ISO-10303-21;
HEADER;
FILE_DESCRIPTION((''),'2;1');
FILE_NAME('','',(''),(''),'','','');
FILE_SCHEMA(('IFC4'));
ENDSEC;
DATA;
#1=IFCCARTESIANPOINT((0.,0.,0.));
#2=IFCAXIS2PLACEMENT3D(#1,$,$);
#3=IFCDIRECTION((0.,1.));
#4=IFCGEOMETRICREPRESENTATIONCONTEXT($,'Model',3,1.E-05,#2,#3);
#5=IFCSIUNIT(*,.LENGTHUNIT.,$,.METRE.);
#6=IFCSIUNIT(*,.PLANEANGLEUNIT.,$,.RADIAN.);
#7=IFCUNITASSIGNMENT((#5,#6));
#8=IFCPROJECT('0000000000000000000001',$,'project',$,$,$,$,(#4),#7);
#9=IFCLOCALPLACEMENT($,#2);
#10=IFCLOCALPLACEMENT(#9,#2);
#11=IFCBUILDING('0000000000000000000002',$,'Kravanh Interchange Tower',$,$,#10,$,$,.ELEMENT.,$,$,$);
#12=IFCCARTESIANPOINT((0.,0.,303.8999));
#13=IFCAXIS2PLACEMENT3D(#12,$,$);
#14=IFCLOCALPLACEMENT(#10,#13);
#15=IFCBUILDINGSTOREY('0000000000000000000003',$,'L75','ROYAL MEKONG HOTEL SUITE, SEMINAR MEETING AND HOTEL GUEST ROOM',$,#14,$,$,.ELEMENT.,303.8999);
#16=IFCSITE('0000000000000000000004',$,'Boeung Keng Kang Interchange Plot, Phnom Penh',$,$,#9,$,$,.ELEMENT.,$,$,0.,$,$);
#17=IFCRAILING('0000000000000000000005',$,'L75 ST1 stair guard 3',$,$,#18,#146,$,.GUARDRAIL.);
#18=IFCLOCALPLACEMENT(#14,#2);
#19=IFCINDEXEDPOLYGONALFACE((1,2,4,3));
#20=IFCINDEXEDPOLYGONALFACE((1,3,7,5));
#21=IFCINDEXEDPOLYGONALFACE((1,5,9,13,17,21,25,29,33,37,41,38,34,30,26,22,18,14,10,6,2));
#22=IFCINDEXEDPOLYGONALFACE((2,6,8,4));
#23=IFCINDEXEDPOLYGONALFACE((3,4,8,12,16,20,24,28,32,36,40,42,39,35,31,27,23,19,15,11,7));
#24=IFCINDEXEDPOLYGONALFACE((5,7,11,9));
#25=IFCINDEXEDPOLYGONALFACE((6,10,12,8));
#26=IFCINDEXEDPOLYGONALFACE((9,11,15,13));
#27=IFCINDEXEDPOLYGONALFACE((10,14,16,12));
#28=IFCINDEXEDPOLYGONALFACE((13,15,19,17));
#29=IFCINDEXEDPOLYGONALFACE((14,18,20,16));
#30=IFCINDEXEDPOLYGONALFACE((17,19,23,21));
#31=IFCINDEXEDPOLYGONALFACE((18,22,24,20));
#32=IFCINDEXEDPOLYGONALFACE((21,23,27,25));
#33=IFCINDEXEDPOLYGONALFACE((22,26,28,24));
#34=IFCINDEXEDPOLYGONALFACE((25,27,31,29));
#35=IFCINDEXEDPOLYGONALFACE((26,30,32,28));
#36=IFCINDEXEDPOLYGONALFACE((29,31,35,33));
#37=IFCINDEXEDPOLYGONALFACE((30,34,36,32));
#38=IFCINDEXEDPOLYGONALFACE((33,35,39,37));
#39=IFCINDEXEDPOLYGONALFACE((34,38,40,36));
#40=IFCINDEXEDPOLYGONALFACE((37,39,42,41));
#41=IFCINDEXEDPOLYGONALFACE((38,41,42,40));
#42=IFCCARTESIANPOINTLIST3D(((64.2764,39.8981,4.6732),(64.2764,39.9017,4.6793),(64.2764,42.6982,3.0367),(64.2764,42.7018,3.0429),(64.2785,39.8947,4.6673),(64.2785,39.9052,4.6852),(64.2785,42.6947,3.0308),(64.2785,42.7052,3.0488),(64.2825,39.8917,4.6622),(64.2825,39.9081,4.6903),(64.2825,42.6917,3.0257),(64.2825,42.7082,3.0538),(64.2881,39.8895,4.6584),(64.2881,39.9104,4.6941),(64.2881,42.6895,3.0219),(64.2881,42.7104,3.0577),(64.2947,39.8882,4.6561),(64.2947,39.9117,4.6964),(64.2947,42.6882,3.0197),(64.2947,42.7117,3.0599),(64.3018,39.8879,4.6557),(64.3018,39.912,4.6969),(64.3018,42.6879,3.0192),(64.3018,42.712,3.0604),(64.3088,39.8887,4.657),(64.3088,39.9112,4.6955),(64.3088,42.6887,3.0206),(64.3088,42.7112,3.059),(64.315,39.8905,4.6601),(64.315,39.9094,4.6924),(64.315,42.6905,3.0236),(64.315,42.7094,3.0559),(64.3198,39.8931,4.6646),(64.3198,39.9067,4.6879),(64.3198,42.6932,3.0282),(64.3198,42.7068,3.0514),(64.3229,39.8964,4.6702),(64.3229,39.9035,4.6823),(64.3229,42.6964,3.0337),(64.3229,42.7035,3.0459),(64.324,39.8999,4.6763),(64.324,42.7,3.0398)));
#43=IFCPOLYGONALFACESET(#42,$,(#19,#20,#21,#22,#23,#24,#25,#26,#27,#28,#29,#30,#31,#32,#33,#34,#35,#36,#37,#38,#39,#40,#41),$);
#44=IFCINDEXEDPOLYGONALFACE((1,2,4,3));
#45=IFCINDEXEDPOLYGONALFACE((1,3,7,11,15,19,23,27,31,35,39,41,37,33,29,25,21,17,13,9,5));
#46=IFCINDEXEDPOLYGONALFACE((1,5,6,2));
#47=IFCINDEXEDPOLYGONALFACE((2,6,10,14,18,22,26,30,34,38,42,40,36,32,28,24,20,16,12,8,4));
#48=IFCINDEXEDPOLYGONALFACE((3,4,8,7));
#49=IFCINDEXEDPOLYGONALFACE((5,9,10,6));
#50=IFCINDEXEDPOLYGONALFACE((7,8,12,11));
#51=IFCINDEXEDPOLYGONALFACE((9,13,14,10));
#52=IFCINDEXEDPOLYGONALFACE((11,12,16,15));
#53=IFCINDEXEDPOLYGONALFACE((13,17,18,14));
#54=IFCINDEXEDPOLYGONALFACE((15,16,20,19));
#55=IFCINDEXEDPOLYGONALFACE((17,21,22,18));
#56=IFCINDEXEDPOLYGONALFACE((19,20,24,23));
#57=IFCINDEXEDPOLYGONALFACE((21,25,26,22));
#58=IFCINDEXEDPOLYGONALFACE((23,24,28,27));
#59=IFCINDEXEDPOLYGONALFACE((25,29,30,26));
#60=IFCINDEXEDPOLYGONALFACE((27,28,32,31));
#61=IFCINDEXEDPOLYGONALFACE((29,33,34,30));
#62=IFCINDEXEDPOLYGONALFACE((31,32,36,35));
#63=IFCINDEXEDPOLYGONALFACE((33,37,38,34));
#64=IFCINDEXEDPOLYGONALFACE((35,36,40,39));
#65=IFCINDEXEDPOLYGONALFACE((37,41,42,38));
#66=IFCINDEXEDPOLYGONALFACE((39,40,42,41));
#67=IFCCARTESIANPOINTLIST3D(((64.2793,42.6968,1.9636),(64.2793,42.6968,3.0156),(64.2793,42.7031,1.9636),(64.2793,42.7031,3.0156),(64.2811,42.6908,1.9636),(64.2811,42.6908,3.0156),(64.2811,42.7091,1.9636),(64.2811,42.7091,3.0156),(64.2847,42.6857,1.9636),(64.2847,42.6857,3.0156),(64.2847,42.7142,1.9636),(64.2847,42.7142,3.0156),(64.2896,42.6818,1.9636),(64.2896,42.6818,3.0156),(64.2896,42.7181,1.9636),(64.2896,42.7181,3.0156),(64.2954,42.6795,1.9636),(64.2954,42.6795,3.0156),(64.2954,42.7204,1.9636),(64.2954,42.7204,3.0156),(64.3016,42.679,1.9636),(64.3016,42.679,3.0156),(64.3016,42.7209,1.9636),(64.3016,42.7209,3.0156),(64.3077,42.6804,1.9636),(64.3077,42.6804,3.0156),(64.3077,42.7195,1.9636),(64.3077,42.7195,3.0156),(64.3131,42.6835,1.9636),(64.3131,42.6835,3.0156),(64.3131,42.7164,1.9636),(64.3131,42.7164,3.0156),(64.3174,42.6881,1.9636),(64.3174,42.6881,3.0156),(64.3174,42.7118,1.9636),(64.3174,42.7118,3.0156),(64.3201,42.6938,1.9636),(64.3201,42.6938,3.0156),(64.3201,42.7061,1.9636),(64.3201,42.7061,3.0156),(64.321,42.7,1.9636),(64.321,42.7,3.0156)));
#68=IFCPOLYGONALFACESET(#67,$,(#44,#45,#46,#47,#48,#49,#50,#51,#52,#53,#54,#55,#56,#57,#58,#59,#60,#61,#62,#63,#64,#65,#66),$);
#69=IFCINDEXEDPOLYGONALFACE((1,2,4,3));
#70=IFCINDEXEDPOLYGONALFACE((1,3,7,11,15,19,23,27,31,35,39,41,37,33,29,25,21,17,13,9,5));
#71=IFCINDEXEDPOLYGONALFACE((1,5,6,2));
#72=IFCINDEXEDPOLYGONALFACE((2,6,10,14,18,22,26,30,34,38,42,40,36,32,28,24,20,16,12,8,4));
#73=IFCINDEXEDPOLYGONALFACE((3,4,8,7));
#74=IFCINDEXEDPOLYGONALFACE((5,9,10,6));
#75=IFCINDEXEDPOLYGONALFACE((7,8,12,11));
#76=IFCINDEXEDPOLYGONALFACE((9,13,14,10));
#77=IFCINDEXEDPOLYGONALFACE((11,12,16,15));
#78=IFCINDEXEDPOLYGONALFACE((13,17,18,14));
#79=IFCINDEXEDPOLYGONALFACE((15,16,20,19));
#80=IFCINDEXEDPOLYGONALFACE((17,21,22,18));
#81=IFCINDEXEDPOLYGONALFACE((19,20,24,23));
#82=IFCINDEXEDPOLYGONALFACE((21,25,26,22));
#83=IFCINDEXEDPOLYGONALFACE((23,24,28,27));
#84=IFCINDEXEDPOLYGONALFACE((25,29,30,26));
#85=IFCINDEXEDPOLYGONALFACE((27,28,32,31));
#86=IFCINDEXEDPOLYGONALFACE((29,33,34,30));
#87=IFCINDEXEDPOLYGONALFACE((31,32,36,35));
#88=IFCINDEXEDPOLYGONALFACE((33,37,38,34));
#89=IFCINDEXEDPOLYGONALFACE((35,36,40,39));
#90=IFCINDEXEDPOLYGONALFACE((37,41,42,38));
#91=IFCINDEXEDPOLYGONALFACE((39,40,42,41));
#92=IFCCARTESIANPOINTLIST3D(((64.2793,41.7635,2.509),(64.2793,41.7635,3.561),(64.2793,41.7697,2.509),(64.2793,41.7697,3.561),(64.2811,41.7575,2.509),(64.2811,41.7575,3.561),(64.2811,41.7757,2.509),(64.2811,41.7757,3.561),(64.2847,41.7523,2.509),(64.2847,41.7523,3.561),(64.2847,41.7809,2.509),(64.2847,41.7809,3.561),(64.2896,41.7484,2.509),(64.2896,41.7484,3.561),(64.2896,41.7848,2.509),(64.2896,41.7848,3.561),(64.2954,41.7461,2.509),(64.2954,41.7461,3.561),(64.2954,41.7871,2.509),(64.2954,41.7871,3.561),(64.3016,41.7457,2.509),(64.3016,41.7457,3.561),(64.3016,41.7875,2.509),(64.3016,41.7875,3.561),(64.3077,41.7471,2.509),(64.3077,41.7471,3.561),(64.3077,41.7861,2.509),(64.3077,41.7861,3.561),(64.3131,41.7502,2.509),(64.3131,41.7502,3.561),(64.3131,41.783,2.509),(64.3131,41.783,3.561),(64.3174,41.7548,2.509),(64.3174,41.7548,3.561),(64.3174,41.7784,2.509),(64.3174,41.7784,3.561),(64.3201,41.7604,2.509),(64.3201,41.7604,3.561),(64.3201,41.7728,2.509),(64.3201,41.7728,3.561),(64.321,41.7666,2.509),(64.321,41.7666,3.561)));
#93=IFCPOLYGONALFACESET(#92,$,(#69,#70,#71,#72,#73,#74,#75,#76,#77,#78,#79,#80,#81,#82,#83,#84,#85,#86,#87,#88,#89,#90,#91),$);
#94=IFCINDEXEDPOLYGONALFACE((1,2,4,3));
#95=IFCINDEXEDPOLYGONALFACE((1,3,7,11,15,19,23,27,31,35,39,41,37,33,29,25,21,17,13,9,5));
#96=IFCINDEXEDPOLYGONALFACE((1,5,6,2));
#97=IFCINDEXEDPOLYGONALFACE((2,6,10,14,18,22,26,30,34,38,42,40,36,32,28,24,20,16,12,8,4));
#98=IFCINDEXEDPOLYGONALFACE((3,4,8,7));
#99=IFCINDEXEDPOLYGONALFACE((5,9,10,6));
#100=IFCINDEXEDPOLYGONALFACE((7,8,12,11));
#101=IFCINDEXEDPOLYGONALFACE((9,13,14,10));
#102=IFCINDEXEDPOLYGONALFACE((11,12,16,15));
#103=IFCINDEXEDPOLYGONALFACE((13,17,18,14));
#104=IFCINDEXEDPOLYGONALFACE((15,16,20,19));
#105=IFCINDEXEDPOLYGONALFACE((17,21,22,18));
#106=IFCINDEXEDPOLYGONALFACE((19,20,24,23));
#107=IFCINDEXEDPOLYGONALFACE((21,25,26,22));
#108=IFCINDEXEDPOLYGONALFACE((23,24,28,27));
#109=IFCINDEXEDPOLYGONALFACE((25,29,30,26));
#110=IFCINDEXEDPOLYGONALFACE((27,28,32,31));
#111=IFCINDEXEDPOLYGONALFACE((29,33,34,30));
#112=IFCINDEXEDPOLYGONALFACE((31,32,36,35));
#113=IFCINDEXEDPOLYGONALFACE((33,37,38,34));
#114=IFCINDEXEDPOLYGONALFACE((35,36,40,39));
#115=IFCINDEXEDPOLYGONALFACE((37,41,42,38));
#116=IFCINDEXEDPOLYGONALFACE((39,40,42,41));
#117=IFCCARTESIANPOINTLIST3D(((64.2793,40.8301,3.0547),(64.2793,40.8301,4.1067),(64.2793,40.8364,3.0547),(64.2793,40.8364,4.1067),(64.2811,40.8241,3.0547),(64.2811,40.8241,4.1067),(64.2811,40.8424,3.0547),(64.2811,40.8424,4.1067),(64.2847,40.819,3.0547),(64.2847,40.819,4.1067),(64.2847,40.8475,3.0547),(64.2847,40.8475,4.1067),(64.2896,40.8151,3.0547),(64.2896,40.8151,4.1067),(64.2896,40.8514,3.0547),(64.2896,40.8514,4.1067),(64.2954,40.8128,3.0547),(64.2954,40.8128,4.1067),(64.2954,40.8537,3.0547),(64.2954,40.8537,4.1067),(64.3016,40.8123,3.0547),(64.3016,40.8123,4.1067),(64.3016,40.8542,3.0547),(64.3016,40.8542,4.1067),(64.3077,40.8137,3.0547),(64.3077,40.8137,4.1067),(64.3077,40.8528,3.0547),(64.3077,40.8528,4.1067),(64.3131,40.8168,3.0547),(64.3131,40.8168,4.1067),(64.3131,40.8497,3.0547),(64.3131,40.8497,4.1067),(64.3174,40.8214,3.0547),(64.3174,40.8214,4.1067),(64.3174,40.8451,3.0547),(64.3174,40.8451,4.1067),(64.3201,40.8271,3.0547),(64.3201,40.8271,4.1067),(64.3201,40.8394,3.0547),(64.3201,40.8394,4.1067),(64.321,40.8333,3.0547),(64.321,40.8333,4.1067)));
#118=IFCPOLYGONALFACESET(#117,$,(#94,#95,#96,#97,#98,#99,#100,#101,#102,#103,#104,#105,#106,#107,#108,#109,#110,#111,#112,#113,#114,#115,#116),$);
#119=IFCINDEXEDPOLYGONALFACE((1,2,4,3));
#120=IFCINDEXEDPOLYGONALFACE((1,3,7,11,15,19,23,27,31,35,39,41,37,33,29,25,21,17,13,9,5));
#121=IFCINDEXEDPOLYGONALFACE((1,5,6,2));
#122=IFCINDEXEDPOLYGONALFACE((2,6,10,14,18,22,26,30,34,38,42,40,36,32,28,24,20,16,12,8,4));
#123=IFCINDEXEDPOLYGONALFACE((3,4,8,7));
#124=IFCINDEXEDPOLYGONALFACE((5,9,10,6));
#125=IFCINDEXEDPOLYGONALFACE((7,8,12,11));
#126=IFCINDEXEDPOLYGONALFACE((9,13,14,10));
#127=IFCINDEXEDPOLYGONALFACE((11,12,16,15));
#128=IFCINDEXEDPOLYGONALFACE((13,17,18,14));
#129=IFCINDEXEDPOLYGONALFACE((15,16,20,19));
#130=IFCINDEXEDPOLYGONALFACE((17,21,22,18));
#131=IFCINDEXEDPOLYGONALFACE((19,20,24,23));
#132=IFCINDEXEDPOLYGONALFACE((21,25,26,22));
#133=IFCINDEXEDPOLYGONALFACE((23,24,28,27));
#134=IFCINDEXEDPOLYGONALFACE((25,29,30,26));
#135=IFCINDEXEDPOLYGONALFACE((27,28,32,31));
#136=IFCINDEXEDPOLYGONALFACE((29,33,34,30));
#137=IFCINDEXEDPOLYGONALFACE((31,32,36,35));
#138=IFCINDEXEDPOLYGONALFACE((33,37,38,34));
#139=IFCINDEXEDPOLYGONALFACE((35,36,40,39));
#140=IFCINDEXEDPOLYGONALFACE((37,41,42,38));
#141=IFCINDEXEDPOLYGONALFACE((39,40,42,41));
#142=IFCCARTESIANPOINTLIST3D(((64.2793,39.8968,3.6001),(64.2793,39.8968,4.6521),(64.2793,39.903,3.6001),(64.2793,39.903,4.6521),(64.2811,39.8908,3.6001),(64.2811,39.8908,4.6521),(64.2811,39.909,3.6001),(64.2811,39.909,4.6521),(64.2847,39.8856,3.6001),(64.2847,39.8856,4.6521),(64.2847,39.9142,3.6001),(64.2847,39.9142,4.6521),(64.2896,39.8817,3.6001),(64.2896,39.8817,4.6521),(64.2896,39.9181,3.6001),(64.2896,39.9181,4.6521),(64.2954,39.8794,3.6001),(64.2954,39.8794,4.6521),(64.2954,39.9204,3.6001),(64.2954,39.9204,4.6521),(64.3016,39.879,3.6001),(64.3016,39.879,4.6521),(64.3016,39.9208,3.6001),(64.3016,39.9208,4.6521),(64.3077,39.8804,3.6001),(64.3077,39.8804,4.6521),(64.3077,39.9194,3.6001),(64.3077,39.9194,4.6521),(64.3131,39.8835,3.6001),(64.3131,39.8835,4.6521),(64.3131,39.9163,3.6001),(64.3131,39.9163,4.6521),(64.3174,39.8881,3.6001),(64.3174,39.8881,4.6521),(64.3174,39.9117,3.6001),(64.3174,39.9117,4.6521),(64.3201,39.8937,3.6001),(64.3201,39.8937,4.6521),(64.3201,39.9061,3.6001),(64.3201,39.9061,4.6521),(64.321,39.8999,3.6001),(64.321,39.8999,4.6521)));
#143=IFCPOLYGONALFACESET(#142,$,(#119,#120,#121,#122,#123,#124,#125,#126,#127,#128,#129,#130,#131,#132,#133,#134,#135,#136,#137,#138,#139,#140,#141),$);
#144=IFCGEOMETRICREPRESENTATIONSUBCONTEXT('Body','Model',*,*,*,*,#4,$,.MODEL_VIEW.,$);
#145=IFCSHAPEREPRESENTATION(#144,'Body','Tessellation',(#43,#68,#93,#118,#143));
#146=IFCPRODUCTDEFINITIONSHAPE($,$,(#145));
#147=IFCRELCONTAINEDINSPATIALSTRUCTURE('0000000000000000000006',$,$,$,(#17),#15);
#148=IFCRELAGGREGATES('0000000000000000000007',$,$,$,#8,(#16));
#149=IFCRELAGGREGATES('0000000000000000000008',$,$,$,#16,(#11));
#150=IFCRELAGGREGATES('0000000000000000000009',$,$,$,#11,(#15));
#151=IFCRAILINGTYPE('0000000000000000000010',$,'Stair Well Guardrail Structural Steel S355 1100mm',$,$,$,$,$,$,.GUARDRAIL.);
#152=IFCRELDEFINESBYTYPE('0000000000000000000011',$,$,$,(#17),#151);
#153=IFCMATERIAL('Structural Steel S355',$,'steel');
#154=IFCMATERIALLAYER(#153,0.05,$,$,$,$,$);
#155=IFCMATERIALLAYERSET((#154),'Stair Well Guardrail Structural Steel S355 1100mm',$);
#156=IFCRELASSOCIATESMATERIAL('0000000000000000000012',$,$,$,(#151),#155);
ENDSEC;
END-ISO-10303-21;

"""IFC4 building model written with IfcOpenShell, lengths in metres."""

from ifc_helpers import new_model, si_unit, direction, frame, origin, origin_2d, place, context, subcontext, project, spatial, circle, extrude, material, layer, layer_set, type_object, element, save


model = new_model("IFC4")

# Units and contexts
model_context = context("Model", 3, precision=1e-05, world=origin(), true_north=direction((0.0, 1.0)))
body_context = subcontext(model_context, "Body", "Model", "MODEL_VIEW")
ifc_project = project(units=[si_unit("LENGTHUNIT", "METRE"), si_unit("PLANEANGLEUNIT", "RADIAN")], contexts=[model_context])

# Site, building, storey
site_placement = place(None, origin())
site = spatial("IfcSite", under=ifc_project, at=site_placement, Name="Boeung Keng Kang Interchange Plot, Phnom Penh", CompositionType="ELEMENT", RefElevation=0.0)
building_placement = place(site_placement, origin())
building = spatial("IfcBuilding", under=site, at=building_placement, Name="Kravanh Interchange Tower", CompositionType="ELEMENT")
storey_placement = place(building_placement, frame((0.0, 0.0, 303.8999)))
storey = spatial("IfcBuildingStorey", under=building, at=storey_placement, Name="L75", Description="ROYAL MEKONG HOTEL SUITE, SEMINAR MEETING AND HOTEL GUEST ROOM", CompositionType="ELEMENT", Elevation=303.8999)

# Railing
ifc_material_1 = material(Name="Structural Steel S355", Category="steel")
ifc_layer_1 = layer(ifc_material_1, 0.05)
ifc_layer_set_1 = layer_set([ifc_layer_1], Name="Stair Well Guardrail Structural Steel S355 1100mm")
railing_type_1 = type_object("IfcRailingType", Name="Stair Well Guardrail Structural Steel S355 1100mm", PredefinedType="GUARDRAIL", material=ifc_layer_set_1)
railing_1_placement = place(storey_placement, frame((64.3, 42.7, 1.9636)))
element("IfcRailing", 1, at=railing_1_placement, inside=storey, type_object=railing_type_1, Name="L75 ST1 stair guard 3", PredefinedType="GUARDRAIL", context=body_context, shape_type="SweptSolid", body=[
    extrude(circle(Radius=0.0239, at=origin_2d()), frame((0.0, 0.0, 1.0762), z_axis=(0.0, -0.863361, 0.504587), x_axis=(1.0, 0.0, 0.0)), (0.0, 0.0, 1.0), 3.2432),
    extrude(circle(Radius=0.021, at=origin_2d()), origin(), (0.0, 0.0, 1.0), 1.052),
    extrude(circle(Radius=0.021, at=origin_2d()), frame((0.0, -0.9333, 0.5454)), (0.0, 0.0, 1.0), 1.052),
    extrude(circle(Radius=0.021, at=origin_2d()), frame((0.0, -1.8667, 1.0911)), (0.0, 0.0, 1.0), 1.052),
    extrude(circle(Radius=0.021, at=origin_2d()), frame((0.0, -2.8, 1.6365)), (0.0, 0.0, 1.0), 1.052),
])

save(model, "model.ifc")
